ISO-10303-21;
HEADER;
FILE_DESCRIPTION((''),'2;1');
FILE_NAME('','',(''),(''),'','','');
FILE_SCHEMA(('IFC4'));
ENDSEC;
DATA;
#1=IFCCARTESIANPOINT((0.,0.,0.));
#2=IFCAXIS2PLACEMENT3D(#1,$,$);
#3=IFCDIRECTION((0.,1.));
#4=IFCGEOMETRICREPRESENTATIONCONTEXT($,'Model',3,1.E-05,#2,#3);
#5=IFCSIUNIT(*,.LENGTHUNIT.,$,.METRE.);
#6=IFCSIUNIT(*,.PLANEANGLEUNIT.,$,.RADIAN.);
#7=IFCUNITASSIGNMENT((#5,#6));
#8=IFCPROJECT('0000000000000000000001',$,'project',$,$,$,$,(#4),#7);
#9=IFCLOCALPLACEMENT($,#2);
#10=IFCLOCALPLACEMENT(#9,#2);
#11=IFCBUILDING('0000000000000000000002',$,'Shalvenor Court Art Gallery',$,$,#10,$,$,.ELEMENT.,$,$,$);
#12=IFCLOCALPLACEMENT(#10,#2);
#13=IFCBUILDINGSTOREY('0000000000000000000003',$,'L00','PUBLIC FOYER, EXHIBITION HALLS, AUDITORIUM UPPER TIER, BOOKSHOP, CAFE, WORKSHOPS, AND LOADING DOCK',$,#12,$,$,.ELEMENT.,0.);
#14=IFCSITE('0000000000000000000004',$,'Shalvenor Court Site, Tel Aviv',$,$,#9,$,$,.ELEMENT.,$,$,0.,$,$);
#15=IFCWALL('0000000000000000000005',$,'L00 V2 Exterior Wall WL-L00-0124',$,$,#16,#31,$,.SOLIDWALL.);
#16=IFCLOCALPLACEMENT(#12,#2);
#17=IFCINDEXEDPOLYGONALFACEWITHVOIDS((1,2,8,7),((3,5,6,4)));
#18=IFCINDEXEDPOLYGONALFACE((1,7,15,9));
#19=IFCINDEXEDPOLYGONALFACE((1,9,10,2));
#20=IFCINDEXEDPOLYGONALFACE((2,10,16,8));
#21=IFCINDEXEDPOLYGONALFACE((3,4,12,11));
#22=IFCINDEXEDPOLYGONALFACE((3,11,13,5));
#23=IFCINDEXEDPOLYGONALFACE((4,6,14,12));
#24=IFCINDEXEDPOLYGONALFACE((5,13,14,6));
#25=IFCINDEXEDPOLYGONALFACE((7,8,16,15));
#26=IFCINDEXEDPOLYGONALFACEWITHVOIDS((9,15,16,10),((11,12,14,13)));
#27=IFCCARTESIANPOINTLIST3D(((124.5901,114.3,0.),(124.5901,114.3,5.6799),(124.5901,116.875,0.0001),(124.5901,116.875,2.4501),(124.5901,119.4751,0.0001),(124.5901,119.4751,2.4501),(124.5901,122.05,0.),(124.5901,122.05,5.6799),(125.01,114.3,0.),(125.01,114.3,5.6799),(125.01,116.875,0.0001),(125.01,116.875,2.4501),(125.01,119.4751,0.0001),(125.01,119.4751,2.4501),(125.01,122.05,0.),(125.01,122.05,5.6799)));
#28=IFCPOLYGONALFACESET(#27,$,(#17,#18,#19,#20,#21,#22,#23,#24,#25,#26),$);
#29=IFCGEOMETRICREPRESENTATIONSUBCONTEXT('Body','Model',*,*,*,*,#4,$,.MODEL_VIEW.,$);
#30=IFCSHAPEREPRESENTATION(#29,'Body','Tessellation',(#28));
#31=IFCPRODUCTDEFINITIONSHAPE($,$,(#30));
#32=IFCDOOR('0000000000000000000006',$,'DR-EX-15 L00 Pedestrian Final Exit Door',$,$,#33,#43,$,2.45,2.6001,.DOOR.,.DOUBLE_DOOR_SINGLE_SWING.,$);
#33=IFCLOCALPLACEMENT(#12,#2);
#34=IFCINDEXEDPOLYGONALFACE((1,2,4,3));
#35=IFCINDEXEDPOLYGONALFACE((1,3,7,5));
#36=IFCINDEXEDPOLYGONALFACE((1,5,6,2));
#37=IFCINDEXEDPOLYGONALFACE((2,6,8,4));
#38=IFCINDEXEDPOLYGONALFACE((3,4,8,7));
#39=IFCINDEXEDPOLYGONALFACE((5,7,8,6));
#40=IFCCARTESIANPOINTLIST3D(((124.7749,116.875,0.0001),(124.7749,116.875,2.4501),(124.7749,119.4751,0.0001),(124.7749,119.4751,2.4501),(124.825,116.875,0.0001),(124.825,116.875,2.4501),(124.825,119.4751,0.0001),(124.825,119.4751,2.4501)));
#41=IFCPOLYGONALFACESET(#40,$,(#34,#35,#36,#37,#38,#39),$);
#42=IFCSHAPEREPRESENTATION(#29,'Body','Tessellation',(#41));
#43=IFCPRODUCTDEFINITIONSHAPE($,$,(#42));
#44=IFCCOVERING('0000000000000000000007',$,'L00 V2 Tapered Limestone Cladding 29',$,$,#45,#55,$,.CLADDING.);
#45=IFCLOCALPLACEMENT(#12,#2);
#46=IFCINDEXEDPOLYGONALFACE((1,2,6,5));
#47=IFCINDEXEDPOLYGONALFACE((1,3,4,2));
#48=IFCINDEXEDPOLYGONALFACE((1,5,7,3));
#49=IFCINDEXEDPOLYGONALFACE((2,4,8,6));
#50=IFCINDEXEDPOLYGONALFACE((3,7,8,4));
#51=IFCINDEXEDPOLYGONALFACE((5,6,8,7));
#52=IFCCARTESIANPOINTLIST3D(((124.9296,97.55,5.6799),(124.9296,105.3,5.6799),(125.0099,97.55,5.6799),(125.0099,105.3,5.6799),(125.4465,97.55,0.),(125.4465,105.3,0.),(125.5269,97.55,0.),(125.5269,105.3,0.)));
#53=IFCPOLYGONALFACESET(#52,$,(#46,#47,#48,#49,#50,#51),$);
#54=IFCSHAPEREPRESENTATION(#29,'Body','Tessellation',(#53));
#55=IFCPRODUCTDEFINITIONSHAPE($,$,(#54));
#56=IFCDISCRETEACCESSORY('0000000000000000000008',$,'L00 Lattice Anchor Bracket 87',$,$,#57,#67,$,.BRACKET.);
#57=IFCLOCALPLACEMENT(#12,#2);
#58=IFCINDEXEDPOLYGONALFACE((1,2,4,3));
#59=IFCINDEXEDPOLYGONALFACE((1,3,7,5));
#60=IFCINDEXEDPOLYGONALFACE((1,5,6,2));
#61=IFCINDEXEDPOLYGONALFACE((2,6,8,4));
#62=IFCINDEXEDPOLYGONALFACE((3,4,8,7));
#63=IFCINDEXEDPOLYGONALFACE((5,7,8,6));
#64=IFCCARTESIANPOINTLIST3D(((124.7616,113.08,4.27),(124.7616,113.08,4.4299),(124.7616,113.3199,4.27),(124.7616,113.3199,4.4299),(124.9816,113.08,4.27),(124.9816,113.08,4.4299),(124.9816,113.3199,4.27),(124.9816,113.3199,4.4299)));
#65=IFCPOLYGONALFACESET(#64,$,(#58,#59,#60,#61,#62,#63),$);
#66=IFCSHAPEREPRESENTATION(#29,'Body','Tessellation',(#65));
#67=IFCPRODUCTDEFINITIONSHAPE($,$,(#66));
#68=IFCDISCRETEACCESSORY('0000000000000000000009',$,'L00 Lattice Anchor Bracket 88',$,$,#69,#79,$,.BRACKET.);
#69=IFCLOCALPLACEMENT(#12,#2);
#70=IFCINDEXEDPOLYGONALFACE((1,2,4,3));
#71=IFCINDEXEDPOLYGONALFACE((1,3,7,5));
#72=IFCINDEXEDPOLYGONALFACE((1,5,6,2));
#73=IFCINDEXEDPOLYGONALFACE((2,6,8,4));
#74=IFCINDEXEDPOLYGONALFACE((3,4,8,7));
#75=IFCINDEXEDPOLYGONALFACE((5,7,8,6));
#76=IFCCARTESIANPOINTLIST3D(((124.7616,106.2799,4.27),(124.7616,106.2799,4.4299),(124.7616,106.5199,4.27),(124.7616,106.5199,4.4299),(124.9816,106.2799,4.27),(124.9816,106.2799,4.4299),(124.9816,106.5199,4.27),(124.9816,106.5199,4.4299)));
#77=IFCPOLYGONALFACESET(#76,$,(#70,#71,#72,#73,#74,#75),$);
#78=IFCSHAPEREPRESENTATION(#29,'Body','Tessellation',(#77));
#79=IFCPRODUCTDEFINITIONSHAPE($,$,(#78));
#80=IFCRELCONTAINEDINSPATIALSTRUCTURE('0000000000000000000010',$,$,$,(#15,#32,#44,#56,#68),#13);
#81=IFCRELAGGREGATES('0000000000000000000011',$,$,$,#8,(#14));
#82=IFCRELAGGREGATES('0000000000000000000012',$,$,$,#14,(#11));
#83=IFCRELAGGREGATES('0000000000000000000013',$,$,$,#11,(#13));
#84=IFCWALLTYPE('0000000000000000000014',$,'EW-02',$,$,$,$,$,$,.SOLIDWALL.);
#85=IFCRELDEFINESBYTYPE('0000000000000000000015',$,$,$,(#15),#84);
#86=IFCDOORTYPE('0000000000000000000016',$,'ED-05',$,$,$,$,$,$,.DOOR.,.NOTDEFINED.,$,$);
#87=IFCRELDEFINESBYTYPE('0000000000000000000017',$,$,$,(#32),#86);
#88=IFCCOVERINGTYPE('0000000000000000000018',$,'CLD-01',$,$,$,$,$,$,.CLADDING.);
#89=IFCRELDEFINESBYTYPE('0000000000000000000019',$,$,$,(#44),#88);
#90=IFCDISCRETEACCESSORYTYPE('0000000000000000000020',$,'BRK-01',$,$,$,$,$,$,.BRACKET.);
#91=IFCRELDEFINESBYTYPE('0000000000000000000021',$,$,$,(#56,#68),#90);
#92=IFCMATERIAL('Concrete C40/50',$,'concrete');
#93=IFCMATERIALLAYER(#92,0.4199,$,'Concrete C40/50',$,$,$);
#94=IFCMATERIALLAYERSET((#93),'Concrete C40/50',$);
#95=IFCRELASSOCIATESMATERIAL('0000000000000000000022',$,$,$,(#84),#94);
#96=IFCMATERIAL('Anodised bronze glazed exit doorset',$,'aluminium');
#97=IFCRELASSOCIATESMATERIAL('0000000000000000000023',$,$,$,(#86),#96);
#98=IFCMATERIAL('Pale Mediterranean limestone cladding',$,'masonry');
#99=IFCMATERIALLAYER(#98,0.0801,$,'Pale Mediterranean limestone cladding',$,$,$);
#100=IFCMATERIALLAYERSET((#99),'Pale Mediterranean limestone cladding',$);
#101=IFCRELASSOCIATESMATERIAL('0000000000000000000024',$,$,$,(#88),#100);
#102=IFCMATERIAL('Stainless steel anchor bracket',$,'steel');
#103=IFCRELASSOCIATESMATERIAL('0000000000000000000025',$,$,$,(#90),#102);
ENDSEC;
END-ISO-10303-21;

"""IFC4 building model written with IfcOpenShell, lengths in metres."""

from ifc_helpers import new_model, si_unit, direction, frame, frame_2d, origin, origin_2d, place, context, subcontext, project, spatial, polyline, rectangle, outline, extrude, material, layer, layer_set, type_object, element, fill, save


model = new_model("IFC4")

# Units and contexts
model_context = context("Model", 3, precision=1e-05, world=origin(), true_north=direction((0.0, 1.0)))
body_context = subcontext(model_context, "Body", "Model", "MODEL_VIEW")
ifc_project = project(units=[si_unit("LENGTHUNIT", "METRE"), si_unit("PLANEANGLEUNIT", "RADIAN")], contexts=[model_context])

# Site, building, storey
site_placement = place(None, origin())
site = spatial("IfcSite", under=ifc_project, at=site_placement, Name="Shalvenor Court Site, Tel Aviv", CompositionType="ELEMENT", RefElevation=0.0)
building_placement = place(site_placement, origin())
building = spatial("IfcBuilding", under=site, at=building_placement, Name="Shalvenor Court Art Gallery", CompositionType="ELEMENT")
storey_placement = place(building_placement, origin())
storey = spatial("IfcBuildingStorey", under=building, at=storey_placement, Name="L00", Description="PUBLIC FOYER, EXHIBITION HALLS, AUDITORIUM UPPER TIER, BOOKSHOP, CAFE, WORKSHOPS, AND LOADING DOCK", CompositionType="ELEMENT", Elevation=0.0)

# Wall, opening, door
ifc_material_1 = material(Name="Concrete C40/50", Category="concrete")
ifc_layer_1 = layer(ifc_material_1, 0.4199, Name="Concrete C40/50")
ifc_layer_set_1 = layer_set([ifc_layer_1], Name="Concrete C40/50")
wall_type_1 = type_object("IfcWallType", Name="EW-02", PredefinedType="SOLIDWALL", material=ifc_layer_set_1)
wall_1_placement = place(storey_placement, frame((124.8, 122.05, 0.0), z_axis=(0.0, 0.0, 1.0), x_axis=(0.0, -1.0, 0.0)))
wall_1 = element("IfcWall", 1, at=wall_1_placement, inside=storey, type_object=wall_type_1, Name="L00 V2 Exterior Wall WL-L00-0124", PredefinedType="SOLIDWALL", context=body_context, shape_type="SweptSolid", body=[
    extrude(rectangle(XDim=7.75, YDim=0.4199, at=frame_2d((3.875, 0.0))), origin(), (0.0, 0.0, 1.0), 5.6799),
])
opening_1_placement = place(wall_1_placement, frame((2.575, 0.0, 0.0)))
opening_1 = element("IfcOpeningElement", 2, at=opening_1_placement, cuts=wall_1, PredefinedType="OPENING", context=body_context, shape_type="SweptSolid", body=[
    extrude(rectangle(XDim=2.6001, YDim=2.45, at=frame_2d((1.3, 1.2251))), frame((0.0, 0.22, 0.0), z_axis=(0.0, -1.0, 0.0), x_axis=(1.0, 0.0, 0.0)), (0.0, 0.0, 1.0), 0.4399),
])
ifc_material_2 = material(Name="Anodised bronze glazed exit doorset", Category="aluminium")
door_type_1 = type_object("IfcDoorType", Name="ED-05", OperationType="NOTDEFINED", PredefinedType="DOOR", material=ifc_material_2)
door_1_placement = place(opening_1_placement, origin())
door_1 = element("IfcDoor", 3, at=door_1_placement, inside=storey, type_object=door_type_1, Name="DR-EX-15 L00 Pedestrian Final Exit Door", OperationType="DOUBLE_DOOR_SINGLE_SWING", OverallHeight=2.45, OverallWidth=2.6001, PredefinedType="DOOR", context=body_context, shape_type="SweptSolid", body=[
    extrude(rectangle(XDim=2.6001, YDim=2.45, at=frame_2d((1.3, 1.2251))), frame((0.0, 0.0249, 0.0), z_axis=(0.0, -1.0, 0.0), x_axis=(1.0, 0.0, 0.0)), (0.0, 0.0, 1.0), 0.05),
])
fill(opening_1, door_1)

# Covering
ifc_material_3 = material(Name="Pale Mediterranean limestone cladding", Category="masonry")
ifc_layer_2 = layer(ifc_material_3, 0.0801, Name="Pale Mediterranean limestone cladding")
ifc_layer_set_2 = layer_set([ifc_layer_2], Name="Pale Mediterranean limestone cladding")
covering_type = type_object("IfcCoveringType", Name="CLD-01", PredefinedType="CLADDING", material=ifc_layer_set_2)
covering_placement = place(storey_placement, frame((125.5269, 97.55, 0.0), z_axis=(0.0, 0.0, 1.0), x_axis=(0.0, 1.0, 0.0)))
element("IfcCovering", 4, at=covering_placement, inside=storey, type_object=covering_type, Name="L00 V2 Tapered Limestone Cladding 29", PredefinedType="CLADDING", context=body_context, shape_type="SweptSolid", body=[
    extrude(outline(polyline([(0.0, 0.0), (7.75, 0.0), (7.75, 5.7034), (0.0, 5.7034), (0.0, 0.0)])), frame((0.0, 0.0, 0.0), z_axis=(0.0, -0.995884, 0.090633), x_axis=(1.0, 0.0, 0.0)), (0.0, 0.090633, -0.995884), 0.0803),
])

# Discrete accessories
ifc_material_4 = material(Name="Stainless steel anchor bracket", Category="steel")
discrete_accessory_type = type_object("IfcDiscreteAccessoryType", Name="BRK-01", PredefinedType="BRACKET", material=ifc_material_4)
for number, where, z_axis, x_axis, name in (
    (5, (124.8716, 113.2, 4.27), (0.0, 0.0, 1.0), (0.0, -1.0, 0.0), "L00 Lattice Anchor Bracket 87"),
    (6, (124.8716, 106.3999, 4.27), (0.0, 0.0, 1.0), (0.0, -1.0, 0.0), "L00 Lattice Anchor Bracket 88"),
):
    element("IfcDiscreteAccessory", number, at=place(storey_placement, frame(where, z_axis=z_axis, x_axis=x_axis)), inside=storey, type_object=discrete_accessory_type, Name=name, PredefinedType="BRACKET", context=body_context, shape_type="SweptSolid", body=[
        extrude(rectangle(XDim=0.24, YDim=0.22, at=origin_2d()), origin(), (0.0, 0.0, 1.0), 0.1599),
    ])

save(model, "model.ifc")
